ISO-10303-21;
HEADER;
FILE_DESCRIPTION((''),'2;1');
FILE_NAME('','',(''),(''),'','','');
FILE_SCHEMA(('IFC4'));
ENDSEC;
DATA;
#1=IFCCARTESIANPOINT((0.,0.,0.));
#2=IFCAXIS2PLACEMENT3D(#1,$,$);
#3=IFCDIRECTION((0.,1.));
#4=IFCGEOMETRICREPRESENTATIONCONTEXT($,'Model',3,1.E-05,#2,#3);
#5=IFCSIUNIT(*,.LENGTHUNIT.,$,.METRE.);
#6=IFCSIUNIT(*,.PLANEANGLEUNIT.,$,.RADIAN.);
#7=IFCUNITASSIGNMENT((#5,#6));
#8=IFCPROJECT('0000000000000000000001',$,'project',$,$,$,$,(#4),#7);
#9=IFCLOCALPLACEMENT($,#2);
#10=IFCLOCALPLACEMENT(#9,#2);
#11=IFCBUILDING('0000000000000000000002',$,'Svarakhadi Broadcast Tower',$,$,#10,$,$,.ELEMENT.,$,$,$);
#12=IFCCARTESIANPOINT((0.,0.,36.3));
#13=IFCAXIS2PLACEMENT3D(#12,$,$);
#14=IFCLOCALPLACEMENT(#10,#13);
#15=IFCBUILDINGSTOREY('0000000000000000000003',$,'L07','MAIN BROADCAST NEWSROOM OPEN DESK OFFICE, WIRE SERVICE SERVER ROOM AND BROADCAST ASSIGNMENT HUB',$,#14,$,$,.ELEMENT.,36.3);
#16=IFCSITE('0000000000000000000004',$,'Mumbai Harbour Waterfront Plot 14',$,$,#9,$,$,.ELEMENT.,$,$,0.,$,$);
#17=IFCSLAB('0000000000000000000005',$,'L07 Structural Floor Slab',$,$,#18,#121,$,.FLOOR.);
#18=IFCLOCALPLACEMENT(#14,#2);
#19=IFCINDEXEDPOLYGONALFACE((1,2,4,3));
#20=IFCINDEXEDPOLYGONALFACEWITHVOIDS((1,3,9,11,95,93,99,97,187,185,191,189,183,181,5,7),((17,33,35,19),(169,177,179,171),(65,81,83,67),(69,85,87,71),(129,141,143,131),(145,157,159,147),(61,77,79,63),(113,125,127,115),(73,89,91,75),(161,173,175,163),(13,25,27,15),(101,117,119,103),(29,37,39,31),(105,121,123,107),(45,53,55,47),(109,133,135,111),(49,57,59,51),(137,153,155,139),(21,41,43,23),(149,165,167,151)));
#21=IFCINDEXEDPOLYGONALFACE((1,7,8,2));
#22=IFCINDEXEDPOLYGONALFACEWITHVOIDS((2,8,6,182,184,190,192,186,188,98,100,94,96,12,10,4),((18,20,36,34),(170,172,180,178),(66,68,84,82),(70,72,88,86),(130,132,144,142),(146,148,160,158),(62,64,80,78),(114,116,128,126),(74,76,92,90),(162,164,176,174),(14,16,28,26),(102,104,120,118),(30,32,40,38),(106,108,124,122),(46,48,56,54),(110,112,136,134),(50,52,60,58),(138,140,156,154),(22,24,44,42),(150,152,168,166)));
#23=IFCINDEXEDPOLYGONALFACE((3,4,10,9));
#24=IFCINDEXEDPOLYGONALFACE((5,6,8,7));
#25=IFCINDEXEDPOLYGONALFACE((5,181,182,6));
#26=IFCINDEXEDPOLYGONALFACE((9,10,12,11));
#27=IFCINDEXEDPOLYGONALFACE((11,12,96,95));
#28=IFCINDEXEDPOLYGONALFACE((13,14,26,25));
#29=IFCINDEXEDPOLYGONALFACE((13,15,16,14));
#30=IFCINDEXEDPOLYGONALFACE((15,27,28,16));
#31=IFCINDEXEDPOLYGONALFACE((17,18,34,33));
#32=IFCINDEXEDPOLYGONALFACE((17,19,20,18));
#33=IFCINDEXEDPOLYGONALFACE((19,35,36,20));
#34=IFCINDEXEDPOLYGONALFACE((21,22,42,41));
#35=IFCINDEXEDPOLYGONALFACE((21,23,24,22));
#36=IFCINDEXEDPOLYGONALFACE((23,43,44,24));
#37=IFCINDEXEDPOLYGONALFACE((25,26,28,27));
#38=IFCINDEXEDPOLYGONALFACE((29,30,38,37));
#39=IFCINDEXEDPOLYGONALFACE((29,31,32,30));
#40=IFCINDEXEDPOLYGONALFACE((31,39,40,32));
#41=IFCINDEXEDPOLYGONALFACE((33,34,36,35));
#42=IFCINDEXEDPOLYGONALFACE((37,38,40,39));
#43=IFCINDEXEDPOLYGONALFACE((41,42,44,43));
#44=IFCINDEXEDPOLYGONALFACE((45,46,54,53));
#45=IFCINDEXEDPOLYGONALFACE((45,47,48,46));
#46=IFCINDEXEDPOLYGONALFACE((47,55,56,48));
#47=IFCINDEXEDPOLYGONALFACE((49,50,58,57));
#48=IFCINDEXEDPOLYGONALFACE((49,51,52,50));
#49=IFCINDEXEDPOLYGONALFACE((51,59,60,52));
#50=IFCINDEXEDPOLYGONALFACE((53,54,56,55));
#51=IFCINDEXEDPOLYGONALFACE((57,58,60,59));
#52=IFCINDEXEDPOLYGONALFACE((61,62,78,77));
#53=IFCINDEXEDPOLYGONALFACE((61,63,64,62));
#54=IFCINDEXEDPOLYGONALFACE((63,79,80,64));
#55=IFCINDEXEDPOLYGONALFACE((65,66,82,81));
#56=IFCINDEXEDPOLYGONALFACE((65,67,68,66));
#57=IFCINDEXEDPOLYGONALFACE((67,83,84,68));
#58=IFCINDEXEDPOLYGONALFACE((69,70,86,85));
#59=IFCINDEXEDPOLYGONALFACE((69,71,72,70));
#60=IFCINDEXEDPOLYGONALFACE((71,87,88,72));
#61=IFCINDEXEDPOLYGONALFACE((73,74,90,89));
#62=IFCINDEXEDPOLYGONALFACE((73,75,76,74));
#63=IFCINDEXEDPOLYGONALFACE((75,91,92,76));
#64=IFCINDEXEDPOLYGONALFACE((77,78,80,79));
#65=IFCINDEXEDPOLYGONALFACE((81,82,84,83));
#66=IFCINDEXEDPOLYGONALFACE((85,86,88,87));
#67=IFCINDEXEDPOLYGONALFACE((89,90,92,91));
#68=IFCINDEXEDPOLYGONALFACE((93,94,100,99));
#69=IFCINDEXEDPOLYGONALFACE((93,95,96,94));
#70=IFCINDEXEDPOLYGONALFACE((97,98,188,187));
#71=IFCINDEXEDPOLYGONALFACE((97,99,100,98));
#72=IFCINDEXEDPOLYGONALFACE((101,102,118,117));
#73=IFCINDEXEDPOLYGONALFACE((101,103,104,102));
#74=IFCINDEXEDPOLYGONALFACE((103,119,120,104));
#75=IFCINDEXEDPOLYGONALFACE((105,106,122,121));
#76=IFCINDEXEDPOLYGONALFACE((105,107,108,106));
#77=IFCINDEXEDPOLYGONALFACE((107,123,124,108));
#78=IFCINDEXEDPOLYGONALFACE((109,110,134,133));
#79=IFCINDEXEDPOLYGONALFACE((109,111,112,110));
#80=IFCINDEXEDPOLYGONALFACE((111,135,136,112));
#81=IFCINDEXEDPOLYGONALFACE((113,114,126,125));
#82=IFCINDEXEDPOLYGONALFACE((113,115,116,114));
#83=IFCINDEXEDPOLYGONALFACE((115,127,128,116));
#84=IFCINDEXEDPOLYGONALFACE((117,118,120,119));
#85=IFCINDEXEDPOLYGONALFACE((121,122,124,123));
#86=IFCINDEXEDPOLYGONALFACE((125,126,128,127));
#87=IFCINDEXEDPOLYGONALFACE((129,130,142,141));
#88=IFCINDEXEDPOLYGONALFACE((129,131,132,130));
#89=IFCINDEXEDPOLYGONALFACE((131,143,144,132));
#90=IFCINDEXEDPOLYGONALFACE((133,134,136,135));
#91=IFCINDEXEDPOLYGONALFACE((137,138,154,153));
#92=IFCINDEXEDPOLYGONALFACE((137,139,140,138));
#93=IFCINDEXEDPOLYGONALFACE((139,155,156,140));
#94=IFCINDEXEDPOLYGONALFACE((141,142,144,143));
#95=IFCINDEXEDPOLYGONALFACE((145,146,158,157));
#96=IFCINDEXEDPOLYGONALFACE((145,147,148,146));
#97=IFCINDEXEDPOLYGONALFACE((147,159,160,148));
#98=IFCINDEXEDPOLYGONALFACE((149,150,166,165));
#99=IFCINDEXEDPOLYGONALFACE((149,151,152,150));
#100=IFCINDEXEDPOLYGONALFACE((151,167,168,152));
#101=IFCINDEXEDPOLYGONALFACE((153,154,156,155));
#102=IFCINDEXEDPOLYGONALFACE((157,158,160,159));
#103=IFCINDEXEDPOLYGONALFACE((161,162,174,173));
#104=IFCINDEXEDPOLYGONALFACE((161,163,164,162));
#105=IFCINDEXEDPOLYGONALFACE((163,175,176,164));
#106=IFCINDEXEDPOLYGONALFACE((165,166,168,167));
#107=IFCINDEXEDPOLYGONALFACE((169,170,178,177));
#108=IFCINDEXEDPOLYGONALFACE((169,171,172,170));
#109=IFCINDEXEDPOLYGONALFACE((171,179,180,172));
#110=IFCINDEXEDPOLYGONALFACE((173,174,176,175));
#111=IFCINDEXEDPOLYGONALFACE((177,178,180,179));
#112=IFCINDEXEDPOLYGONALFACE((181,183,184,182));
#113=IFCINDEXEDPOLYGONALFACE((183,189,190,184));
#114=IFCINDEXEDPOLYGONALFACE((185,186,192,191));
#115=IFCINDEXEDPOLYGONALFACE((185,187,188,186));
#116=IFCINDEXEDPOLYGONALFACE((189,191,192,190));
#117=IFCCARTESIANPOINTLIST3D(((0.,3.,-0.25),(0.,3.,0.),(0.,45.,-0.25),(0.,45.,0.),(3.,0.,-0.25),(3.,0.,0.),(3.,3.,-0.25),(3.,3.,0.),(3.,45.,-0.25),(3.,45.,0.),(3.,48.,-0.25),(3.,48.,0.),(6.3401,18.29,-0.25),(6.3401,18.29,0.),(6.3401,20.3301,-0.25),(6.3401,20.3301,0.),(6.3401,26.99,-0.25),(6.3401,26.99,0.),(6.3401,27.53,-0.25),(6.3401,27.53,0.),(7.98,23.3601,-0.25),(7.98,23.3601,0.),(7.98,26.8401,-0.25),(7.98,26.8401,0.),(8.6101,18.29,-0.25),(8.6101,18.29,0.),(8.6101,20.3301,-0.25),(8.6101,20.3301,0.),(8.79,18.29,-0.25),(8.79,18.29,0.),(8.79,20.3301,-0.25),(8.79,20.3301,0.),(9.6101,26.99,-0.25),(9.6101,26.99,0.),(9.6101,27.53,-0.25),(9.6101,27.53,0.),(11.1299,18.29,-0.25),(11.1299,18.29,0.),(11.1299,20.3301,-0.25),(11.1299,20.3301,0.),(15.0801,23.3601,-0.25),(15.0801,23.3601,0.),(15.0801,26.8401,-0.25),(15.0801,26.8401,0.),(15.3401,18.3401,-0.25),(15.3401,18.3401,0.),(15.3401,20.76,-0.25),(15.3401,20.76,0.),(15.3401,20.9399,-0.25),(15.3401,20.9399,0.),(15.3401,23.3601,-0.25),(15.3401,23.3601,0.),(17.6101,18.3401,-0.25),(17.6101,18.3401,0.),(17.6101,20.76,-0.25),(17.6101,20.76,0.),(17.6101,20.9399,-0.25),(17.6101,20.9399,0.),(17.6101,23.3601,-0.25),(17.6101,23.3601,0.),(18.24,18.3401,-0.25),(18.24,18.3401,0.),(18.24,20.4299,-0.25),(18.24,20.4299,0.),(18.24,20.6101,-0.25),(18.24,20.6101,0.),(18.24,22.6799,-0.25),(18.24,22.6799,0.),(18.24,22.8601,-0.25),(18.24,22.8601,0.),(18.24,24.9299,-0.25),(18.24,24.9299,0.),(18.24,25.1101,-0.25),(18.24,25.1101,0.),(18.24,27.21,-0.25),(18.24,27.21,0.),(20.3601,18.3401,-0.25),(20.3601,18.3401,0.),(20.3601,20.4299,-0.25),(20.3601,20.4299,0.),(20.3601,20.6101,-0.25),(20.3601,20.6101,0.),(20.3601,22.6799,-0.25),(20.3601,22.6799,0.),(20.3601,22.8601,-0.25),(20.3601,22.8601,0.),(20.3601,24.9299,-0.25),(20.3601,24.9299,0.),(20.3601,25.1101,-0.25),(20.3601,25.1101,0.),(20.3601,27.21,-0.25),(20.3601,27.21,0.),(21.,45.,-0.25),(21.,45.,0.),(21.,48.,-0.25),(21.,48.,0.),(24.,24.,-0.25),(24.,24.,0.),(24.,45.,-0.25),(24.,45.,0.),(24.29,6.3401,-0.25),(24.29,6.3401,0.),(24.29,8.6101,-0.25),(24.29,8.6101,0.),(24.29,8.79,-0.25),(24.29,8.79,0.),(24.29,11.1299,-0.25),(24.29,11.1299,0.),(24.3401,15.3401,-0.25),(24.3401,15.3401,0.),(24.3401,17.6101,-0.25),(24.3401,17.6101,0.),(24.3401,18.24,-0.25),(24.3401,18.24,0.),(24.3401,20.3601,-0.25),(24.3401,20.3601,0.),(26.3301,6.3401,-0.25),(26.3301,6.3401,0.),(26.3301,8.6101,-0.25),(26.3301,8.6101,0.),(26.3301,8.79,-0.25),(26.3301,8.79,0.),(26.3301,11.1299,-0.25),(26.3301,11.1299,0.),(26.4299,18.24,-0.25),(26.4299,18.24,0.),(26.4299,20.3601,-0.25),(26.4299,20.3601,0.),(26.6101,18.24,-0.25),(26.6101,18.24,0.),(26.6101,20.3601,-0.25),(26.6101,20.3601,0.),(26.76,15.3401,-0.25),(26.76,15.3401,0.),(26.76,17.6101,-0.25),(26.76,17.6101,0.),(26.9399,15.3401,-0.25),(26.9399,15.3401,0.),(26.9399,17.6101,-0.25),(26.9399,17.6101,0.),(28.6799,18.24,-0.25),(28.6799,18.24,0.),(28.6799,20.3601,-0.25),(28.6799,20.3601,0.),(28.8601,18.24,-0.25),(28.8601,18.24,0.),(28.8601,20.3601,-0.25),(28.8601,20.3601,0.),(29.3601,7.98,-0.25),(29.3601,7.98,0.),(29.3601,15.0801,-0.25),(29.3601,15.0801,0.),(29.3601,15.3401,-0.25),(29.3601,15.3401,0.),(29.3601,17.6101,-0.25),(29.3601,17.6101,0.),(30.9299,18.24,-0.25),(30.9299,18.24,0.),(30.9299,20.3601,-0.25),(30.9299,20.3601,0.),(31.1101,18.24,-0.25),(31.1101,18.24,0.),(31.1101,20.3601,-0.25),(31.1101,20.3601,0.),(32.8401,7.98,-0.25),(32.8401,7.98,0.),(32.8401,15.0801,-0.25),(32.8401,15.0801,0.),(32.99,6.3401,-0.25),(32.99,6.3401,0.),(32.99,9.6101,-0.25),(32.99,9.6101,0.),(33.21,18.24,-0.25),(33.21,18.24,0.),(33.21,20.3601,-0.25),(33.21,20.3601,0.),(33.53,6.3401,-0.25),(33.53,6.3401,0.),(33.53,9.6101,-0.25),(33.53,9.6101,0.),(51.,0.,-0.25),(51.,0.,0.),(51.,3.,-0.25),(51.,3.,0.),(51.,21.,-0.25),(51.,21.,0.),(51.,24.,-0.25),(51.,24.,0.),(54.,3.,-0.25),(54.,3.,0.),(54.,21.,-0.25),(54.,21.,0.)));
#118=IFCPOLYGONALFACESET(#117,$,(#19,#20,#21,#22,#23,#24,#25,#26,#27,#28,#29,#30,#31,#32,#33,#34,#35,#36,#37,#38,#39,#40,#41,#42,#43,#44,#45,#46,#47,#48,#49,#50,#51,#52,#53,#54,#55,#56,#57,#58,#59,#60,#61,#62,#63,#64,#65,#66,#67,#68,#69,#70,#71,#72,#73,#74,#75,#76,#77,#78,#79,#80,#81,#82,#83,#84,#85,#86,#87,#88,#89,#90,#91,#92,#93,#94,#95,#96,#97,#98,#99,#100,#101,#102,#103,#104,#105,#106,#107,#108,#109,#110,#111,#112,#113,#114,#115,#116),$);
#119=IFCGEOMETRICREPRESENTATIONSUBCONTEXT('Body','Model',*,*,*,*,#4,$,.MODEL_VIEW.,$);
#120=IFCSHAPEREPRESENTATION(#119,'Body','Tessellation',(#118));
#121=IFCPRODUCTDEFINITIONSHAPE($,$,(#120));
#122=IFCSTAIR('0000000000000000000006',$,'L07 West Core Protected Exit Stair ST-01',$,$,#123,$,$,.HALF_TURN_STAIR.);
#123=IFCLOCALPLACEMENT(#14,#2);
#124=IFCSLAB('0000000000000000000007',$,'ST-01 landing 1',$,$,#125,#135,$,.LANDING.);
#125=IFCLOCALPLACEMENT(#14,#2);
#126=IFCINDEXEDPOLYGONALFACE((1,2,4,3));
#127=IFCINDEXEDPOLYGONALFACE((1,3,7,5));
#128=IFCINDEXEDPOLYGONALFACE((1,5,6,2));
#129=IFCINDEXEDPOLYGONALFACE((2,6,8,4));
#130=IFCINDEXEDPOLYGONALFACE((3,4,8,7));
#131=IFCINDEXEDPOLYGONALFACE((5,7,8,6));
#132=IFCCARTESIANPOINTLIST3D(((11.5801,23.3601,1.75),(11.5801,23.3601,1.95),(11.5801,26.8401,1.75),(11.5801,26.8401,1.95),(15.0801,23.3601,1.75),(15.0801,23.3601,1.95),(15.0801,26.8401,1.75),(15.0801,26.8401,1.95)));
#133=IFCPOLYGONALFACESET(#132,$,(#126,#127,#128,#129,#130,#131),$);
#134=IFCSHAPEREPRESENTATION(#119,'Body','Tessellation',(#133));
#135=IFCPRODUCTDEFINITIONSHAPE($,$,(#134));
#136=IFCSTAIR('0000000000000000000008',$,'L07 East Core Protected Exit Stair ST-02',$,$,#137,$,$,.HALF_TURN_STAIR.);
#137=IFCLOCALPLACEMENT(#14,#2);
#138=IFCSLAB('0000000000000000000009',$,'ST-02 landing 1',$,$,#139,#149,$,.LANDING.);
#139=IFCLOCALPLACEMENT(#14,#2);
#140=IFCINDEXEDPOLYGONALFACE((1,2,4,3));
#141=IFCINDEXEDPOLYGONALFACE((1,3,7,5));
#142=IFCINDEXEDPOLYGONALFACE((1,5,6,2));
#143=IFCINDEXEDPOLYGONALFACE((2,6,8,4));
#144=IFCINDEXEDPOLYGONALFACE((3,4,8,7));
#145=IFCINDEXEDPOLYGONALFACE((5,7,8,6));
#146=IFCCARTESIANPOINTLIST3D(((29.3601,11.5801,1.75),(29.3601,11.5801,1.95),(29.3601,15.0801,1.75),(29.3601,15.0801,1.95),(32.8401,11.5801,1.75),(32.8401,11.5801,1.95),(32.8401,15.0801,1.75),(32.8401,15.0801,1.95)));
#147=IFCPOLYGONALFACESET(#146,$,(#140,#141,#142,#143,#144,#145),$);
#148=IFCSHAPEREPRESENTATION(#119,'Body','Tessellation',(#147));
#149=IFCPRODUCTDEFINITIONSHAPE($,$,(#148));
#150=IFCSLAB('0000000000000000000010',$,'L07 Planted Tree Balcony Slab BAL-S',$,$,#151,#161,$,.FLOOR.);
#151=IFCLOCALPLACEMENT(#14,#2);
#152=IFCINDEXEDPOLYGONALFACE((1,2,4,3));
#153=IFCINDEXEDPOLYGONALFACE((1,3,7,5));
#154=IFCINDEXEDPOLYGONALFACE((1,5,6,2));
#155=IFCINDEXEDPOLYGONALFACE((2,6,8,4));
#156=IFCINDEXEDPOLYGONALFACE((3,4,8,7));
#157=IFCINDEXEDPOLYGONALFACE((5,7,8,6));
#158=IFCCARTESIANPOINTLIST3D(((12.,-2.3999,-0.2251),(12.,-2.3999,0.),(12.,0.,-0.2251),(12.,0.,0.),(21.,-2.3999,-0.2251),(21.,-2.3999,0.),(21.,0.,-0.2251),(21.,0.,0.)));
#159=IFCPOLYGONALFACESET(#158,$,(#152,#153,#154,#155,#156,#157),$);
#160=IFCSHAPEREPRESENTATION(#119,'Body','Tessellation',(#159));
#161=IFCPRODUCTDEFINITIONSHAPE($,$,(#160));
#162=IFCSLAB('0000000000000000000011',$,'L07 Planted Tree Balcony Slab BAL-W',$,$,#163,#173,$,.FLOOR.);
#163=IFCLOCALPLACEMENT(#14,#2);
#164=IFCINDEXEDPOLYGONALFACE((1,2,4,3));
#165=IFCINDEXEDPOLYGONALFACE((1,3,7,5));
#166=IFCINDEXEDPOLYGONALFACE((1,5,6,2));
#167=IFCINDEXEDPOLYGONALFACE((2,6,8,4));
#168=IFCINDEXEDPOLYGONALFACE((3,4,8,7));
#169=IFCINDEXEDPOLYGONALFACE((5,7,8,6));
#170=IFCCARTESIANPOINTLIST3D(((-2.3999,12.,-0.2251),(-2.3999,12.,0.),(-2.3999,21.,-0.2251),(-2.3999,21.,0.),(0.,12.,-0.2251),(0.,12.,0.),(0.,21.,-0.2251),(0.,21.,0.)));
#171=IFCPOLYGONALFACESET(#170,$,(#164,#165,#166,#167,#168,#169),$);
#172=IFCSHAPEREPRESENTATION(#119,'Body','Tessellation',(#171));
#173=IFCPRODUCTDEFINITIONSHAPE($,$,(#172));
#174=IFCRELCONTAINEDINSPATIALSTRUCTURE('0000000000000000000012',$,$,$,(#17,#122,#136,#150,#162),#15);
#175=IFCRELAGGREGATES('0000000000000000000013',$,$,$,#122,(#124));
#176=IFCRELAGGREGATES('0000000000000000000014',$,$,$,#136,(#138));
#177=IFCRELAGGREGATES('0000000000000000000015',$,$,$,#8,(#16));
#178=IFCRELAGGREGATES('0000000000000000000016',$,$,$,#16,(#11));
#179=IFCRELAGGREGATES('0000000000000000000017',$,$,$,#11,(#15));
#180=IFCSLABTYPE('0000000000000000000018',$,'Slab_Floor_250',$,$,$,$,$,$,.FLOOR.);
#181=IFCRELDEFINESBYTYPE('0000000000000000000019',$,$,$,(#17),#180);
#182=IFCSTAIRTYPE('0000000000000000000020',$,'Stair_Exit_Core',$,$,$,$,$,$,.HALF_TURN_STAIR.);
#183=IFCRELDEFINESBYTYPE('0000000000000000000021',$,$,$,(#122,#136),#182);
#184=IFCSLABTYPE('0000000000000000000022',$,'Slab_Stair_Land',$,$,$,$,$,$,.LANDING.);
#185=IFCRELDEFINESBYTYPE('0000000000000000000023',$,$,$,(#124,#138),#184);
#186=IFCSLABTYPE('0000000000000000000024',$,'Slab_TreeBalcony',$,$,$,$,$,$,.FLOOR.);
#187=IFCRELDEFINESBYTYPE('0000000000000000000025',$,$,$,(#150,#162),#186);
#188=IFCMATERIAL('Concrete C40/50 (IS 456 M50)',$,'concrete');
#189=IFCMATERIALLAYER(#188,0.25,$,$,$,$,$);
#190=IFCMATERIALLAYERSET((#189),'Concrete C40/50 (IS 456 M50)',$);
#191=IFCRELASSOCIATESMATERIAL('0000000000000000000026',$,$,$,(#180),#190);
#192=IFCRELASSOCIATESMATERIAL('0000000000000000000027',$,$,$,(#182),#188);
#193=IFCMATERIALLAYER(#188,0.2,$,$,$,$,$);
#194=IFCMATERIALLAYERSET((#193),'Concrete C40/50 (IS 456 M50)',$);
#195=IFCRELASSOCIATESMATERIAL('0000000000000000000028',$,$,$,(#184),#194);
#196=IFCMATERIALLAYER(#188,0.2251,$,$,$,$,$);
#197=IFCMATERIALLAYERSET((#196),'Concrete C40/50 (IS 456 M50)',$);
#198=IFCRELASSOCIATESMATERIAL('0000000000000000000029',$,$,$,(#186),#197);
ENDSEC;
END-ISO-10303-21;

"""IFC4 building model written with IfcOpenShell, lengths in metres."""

from ifc_helpers import new_model, si_unit, direction, frame, origin, place, context, subcontext, project, spatial, polyline, outline, extrude, material, layer, layer_set, type_object, element, aggregate, save


model = new_model("IFC4")

# Units and contexts
model_context = context("Model", 3, precision=1e-05, world=origin(), true_north=direction((0.0, 1.0)))
body_context = subcontext(model_context, "Body", "Model", "MODEL_VIEW")
ifc_project = project(units=[si_unit("LENGTHUNIT", "METRE"), si_unit("PLANEANGLEUNIT", "RADIAN")], contexts=[model_context])

# Site, building, storey
site_placement = place(None, origin())
site = spatial("IfcSite", under=ifc_project, at=site_placement, Name="Mumbai Harbour Waterfront Plot 14", CompositionType="ELEMENT", RefElevation=0.0)
building_placement = place(site_placement, origin())
building = spatial("IfcBuilding", under=site, at=building_placement, Name="Svarakhadi Broadcast Tower", CompositionType="ELEMENT")
storey_placement = place(building_placement, frame((0.0, 0.0, 36.3)))
storey = spatial("IfcBuildingStorey", under=building, at=storey_placement, Name="L07", Description="MAIN BROADCAST NEWSROOM OPEN DESK OFFICE, WIRE SERVICE SERVER ROOM AND BROADCAST ASSIGNMENT HUB", CompositionType="ELEMENT", Elevation=36.3)

# Slab
ifc_material_1 = material(Name="Concrete C40/50 (IS 456 M50)", Category="concrete")
ifc_layer_1 = layer(ifc_material_1, 0.25)
ifc_layer_set_1 = layer_set([ifc_layer_1], Name="Concrete C40/50 (IS 456 M50)")
slab_type_1 = type_object("IfcSlabType", Name="Slab_Floor_250", PredefinedType="FLOOR", material=ifc_layer_set_1)
slab_1_placement = place(storey_placement, frame((0.0, 0.0, -0.25)))
element("IfcSlab", 1, at=slab_1_placement, inside=storey, type_object=slab_type_1, Name="L07 Structural Floor Slab", PredefinedType="FLOOR", context=body_context, shape_type="SweptSolid", body=[
    extrude(outline(polyline([(3.0, 0.0), (51.0, 0.0), (51.0, 3.0), (54.0, 3.0), (54.0, 21.0), (51.0, 21.0), (51.0, 24.0), (24.0, 24.0), (24.0, 45.0), (21.0, 45.0), (21.0, 48.0), (3.0, 48.0), (3.0, 45.0), (0.0, 45.0), (0.0, 3.0), (3.0, 3.0), (3.0, 0.0)]), holes=[polyline([(7.98, 23.3601), (15.0801, 23.3601), (15.0801, 26.8401), (7.98, 26.8401), (7.98, 23.3601)]), polyline([(32.8401, 7.98), (32.8401, 15.0801), (29.3601, 15.0801), (29.3601, 7.98), (32.8401, 7.98)]), polyline([(6.3401, 18.29), (8.6101, 18.29), (8.6101, 20.3301), (6.3401, 20.3301), (6.3401, 18.29)]), polyline([(8.79, 18.29), (11.1299, 18.29), (11.1299, 20.3301), (8.79, 20.3301), (8.79, 18.29)]), polyline([(24.29, 6.3401), (26.3301, 6.3401), (26.3301, 8.6101), (24.29, 8.6101), (24.29, 6.3401)]), polyline([(24.29, 8.79), (26.3301, 8.79), (26.3301, 11.1299), (24.29, 11.1299), (24.29, 8.79)]), polyline([(6.3401, 26.99), (9.6101, 26.99), (9.6101, 27.53), (6.3401, 27.53), (6.3401, 26.99)]), polyline([(32.99, 6.3401), (33.53, 6.3401), (33.53, 9.6101), (32.99, 9.6101), (32.99, 6.3401)]), polyline([(15.3401, 18.3401), (17.6101, 18.3401), (17.6101, 20.76), (15.3401, 20.76), (15.3401, 18.3401)]), polyline([(15.3401, 20.9399), (17.6101, 20.9399), (17.6101, 23.3601), (15.3401, 23.3601), (15.3401, 20.9399)]), polyline([(24.3401, 15.3401), (26.76, 15.3401), (26.76, 17.6101), (24.3401, 17.6101), (24.3401, 15.3401)]), polyline([(26.9399, 15.3401), (29.3601, 15.3401), (29.3601, 17.6101), (26.9399, 17.6101), (26.9399, 15.3401)]), polyline([(18.24, 18.3401), (20.3601, 18.3401), (20.3601, 20.4299), (18.24, 20.4299), (18.24, 18.3401)]), polyline([(18.24, 20.6101), (20.3601, 20.6101), (20.3601, 22.6799), (18.24, 22.6799), (18.24, 20.6101)]), polyline([(18.24, 22.8601), (20.3601, 22.8601), (20.3601, 24.9299), (18.24, 24.9299), (18.24, 22.8601)]), polyline([(18.24, 25.1101), (20.3601, 25.1101), (20.3601, 27.21), (18.24, 27.21), (18.24, 25.1101)]), polyline([(24.3401, 18.24), (26.4299, 18.24), (26.4299, 20.3601), (24.3401, 20.3601), (24.3401, 18.24)]), polyline([(26.6101, 18.24), (28.6799, 18.24), (28.6799, 20.3601), (26.6101, 20.3601), (26.6101, 18.24)]), polyline([(28.8601, 18.24), (30.9299, 18.24), (30.9299, 20.3601), (28.8601, 20.3601), (28.8601, 18.24)]), polyline([(31.1101, 18.24), (33.21, 18.24), (33.21, 20.3601), (31.1101, 20.3601), (31.1101, 18.24)])]), origin(), (0.0, 0.0, 1.0), 0.25),
])

# Stairs, slabs
stair_type = type_object("IfcStairType", Name="Stair_Exit_Core", PredefinedType="HALF_TURN_STAIR", material=ifc_material_1)
stair_1_placement = place(storey_placement, origin())
stair_1 = element("IfcStair", 2, at=stair_1_placement, inside=storey, type_object=stair_type, Name="L07 West Core Protected Exit Stair ST-01", PredefinedType="HALF_TURN_STAIR")
ifc_layer_2 = layer(ifc_material_1, 0.2)
ifc_layer_set_2 = layer_set([ifc_layer_2], Name="Concrete C40/50 (IS 456 M50)")
slab_type_2 = type_object("IfcSlabType", Name="Slab_Stair_Land", PredefinedType="LANDING", material=ifc_layer_set_2)
slab_2_placement = place(storey_placement, frame((0.0, 0.0, 1.75)))
slab_2 = element("IfcSlab", 3, at=slab_2_placement, type_object=slab_type_2, Name="ST-01 landing 1", PredefinedType="LANDING", context=body_context, shape_type="SweptSolid", body=[
    extrude(outline(polyline([(11.5801, 23.3601), (15.0801, 23.3601), (15.0801, 26.8401), (11.5801, 26.8401), (11.5801, 23.3601)])), origin(), (0.0, 0.0, 1.0), 0.2),
])
aggregate(stair_1, [slab_2])
stair_2_placement = place(storey_placement, origin())
stair_2 = element("IfcStair", 4, at=stair_2_placement, inside=storey, type_object=stair_type, Name="L07 East Core Protected Exit Stair ST-02", PredefinedType="HALF_TURN_STAIR")
slab_3_placement = place(storey_placement, frame((0.0, 0.0, 1.75)))
slab_3 = element("IfcSlab", 5, at=slab_3_placement, type_object=slab_type_2, Name="ST-02 landing 1", PredefinedType="LANDING", context=body_context, shape_type="SweptSolid", body=[
    extrude(outline(polyline([(32.8401, 11.5801), (32.8401, 15.0801), (29.3601, 15.0801), (29.3601, 11.5801), (32.8401, 11.5801)])), origin(), (0.0, 0.0, 1.0), 0.2),
])
aggregate(stair_2, [slab_3])

# Slabs
ifc_layer_3 = layer(ifc_material_1, 0.2251)
ifc_layer_set_3 = layer_set([ifc_layer_3], Name="Concrete C40/50 (IS 456 M50)")
slab_type_3 = type_object("IfcSlabType", Name="Slab_TreeBalcony", PredefinedType="FLOOR", material=ifc_layer_set_3)
slab_4_placement = place(storey_placement, frame((0.0, 0.0, -0.2251)))
element("IfcSlab", 6, at=slab_4_placement, inside=storey, type_object=slab_type_3, Name="L07 Planted Tree Balcony Slab BAL-S", PredefinedType="FLOOR", context=body_context, shape_type="SweptSolid", body=[
    extrude(outline(polyline([(12.0, -2.3999), (21.0, -2.3999), (21.0, 0.0), (12.0, 0.0), (12.0, -2.3999)])), origin(), (0.0, 0.0, 1.0), 0.2251),
])
slab_5_placement = place(storey_placement, frame((0.0, 0.0, -0.2251)))
element("IfcSlab", 7, at=slab_5_placement, inside=storey, type_object=slab_type_3, Name="L07 Planted Tree Balcony Slab BAL-W", PredefinedType="FLOOR", context=body_context, shape_type="SweptSolid", body=[
    extrude(outline(polyline([(-2.3999, 12.0), (0.0, 12.0), (0.0, 21.0), (-2.3999, 21.0), (-2.3999, 12.0)])), origin(), (0.0, 0.0, 1.0), 0.2251),
])

save(model, "model.ifc")
